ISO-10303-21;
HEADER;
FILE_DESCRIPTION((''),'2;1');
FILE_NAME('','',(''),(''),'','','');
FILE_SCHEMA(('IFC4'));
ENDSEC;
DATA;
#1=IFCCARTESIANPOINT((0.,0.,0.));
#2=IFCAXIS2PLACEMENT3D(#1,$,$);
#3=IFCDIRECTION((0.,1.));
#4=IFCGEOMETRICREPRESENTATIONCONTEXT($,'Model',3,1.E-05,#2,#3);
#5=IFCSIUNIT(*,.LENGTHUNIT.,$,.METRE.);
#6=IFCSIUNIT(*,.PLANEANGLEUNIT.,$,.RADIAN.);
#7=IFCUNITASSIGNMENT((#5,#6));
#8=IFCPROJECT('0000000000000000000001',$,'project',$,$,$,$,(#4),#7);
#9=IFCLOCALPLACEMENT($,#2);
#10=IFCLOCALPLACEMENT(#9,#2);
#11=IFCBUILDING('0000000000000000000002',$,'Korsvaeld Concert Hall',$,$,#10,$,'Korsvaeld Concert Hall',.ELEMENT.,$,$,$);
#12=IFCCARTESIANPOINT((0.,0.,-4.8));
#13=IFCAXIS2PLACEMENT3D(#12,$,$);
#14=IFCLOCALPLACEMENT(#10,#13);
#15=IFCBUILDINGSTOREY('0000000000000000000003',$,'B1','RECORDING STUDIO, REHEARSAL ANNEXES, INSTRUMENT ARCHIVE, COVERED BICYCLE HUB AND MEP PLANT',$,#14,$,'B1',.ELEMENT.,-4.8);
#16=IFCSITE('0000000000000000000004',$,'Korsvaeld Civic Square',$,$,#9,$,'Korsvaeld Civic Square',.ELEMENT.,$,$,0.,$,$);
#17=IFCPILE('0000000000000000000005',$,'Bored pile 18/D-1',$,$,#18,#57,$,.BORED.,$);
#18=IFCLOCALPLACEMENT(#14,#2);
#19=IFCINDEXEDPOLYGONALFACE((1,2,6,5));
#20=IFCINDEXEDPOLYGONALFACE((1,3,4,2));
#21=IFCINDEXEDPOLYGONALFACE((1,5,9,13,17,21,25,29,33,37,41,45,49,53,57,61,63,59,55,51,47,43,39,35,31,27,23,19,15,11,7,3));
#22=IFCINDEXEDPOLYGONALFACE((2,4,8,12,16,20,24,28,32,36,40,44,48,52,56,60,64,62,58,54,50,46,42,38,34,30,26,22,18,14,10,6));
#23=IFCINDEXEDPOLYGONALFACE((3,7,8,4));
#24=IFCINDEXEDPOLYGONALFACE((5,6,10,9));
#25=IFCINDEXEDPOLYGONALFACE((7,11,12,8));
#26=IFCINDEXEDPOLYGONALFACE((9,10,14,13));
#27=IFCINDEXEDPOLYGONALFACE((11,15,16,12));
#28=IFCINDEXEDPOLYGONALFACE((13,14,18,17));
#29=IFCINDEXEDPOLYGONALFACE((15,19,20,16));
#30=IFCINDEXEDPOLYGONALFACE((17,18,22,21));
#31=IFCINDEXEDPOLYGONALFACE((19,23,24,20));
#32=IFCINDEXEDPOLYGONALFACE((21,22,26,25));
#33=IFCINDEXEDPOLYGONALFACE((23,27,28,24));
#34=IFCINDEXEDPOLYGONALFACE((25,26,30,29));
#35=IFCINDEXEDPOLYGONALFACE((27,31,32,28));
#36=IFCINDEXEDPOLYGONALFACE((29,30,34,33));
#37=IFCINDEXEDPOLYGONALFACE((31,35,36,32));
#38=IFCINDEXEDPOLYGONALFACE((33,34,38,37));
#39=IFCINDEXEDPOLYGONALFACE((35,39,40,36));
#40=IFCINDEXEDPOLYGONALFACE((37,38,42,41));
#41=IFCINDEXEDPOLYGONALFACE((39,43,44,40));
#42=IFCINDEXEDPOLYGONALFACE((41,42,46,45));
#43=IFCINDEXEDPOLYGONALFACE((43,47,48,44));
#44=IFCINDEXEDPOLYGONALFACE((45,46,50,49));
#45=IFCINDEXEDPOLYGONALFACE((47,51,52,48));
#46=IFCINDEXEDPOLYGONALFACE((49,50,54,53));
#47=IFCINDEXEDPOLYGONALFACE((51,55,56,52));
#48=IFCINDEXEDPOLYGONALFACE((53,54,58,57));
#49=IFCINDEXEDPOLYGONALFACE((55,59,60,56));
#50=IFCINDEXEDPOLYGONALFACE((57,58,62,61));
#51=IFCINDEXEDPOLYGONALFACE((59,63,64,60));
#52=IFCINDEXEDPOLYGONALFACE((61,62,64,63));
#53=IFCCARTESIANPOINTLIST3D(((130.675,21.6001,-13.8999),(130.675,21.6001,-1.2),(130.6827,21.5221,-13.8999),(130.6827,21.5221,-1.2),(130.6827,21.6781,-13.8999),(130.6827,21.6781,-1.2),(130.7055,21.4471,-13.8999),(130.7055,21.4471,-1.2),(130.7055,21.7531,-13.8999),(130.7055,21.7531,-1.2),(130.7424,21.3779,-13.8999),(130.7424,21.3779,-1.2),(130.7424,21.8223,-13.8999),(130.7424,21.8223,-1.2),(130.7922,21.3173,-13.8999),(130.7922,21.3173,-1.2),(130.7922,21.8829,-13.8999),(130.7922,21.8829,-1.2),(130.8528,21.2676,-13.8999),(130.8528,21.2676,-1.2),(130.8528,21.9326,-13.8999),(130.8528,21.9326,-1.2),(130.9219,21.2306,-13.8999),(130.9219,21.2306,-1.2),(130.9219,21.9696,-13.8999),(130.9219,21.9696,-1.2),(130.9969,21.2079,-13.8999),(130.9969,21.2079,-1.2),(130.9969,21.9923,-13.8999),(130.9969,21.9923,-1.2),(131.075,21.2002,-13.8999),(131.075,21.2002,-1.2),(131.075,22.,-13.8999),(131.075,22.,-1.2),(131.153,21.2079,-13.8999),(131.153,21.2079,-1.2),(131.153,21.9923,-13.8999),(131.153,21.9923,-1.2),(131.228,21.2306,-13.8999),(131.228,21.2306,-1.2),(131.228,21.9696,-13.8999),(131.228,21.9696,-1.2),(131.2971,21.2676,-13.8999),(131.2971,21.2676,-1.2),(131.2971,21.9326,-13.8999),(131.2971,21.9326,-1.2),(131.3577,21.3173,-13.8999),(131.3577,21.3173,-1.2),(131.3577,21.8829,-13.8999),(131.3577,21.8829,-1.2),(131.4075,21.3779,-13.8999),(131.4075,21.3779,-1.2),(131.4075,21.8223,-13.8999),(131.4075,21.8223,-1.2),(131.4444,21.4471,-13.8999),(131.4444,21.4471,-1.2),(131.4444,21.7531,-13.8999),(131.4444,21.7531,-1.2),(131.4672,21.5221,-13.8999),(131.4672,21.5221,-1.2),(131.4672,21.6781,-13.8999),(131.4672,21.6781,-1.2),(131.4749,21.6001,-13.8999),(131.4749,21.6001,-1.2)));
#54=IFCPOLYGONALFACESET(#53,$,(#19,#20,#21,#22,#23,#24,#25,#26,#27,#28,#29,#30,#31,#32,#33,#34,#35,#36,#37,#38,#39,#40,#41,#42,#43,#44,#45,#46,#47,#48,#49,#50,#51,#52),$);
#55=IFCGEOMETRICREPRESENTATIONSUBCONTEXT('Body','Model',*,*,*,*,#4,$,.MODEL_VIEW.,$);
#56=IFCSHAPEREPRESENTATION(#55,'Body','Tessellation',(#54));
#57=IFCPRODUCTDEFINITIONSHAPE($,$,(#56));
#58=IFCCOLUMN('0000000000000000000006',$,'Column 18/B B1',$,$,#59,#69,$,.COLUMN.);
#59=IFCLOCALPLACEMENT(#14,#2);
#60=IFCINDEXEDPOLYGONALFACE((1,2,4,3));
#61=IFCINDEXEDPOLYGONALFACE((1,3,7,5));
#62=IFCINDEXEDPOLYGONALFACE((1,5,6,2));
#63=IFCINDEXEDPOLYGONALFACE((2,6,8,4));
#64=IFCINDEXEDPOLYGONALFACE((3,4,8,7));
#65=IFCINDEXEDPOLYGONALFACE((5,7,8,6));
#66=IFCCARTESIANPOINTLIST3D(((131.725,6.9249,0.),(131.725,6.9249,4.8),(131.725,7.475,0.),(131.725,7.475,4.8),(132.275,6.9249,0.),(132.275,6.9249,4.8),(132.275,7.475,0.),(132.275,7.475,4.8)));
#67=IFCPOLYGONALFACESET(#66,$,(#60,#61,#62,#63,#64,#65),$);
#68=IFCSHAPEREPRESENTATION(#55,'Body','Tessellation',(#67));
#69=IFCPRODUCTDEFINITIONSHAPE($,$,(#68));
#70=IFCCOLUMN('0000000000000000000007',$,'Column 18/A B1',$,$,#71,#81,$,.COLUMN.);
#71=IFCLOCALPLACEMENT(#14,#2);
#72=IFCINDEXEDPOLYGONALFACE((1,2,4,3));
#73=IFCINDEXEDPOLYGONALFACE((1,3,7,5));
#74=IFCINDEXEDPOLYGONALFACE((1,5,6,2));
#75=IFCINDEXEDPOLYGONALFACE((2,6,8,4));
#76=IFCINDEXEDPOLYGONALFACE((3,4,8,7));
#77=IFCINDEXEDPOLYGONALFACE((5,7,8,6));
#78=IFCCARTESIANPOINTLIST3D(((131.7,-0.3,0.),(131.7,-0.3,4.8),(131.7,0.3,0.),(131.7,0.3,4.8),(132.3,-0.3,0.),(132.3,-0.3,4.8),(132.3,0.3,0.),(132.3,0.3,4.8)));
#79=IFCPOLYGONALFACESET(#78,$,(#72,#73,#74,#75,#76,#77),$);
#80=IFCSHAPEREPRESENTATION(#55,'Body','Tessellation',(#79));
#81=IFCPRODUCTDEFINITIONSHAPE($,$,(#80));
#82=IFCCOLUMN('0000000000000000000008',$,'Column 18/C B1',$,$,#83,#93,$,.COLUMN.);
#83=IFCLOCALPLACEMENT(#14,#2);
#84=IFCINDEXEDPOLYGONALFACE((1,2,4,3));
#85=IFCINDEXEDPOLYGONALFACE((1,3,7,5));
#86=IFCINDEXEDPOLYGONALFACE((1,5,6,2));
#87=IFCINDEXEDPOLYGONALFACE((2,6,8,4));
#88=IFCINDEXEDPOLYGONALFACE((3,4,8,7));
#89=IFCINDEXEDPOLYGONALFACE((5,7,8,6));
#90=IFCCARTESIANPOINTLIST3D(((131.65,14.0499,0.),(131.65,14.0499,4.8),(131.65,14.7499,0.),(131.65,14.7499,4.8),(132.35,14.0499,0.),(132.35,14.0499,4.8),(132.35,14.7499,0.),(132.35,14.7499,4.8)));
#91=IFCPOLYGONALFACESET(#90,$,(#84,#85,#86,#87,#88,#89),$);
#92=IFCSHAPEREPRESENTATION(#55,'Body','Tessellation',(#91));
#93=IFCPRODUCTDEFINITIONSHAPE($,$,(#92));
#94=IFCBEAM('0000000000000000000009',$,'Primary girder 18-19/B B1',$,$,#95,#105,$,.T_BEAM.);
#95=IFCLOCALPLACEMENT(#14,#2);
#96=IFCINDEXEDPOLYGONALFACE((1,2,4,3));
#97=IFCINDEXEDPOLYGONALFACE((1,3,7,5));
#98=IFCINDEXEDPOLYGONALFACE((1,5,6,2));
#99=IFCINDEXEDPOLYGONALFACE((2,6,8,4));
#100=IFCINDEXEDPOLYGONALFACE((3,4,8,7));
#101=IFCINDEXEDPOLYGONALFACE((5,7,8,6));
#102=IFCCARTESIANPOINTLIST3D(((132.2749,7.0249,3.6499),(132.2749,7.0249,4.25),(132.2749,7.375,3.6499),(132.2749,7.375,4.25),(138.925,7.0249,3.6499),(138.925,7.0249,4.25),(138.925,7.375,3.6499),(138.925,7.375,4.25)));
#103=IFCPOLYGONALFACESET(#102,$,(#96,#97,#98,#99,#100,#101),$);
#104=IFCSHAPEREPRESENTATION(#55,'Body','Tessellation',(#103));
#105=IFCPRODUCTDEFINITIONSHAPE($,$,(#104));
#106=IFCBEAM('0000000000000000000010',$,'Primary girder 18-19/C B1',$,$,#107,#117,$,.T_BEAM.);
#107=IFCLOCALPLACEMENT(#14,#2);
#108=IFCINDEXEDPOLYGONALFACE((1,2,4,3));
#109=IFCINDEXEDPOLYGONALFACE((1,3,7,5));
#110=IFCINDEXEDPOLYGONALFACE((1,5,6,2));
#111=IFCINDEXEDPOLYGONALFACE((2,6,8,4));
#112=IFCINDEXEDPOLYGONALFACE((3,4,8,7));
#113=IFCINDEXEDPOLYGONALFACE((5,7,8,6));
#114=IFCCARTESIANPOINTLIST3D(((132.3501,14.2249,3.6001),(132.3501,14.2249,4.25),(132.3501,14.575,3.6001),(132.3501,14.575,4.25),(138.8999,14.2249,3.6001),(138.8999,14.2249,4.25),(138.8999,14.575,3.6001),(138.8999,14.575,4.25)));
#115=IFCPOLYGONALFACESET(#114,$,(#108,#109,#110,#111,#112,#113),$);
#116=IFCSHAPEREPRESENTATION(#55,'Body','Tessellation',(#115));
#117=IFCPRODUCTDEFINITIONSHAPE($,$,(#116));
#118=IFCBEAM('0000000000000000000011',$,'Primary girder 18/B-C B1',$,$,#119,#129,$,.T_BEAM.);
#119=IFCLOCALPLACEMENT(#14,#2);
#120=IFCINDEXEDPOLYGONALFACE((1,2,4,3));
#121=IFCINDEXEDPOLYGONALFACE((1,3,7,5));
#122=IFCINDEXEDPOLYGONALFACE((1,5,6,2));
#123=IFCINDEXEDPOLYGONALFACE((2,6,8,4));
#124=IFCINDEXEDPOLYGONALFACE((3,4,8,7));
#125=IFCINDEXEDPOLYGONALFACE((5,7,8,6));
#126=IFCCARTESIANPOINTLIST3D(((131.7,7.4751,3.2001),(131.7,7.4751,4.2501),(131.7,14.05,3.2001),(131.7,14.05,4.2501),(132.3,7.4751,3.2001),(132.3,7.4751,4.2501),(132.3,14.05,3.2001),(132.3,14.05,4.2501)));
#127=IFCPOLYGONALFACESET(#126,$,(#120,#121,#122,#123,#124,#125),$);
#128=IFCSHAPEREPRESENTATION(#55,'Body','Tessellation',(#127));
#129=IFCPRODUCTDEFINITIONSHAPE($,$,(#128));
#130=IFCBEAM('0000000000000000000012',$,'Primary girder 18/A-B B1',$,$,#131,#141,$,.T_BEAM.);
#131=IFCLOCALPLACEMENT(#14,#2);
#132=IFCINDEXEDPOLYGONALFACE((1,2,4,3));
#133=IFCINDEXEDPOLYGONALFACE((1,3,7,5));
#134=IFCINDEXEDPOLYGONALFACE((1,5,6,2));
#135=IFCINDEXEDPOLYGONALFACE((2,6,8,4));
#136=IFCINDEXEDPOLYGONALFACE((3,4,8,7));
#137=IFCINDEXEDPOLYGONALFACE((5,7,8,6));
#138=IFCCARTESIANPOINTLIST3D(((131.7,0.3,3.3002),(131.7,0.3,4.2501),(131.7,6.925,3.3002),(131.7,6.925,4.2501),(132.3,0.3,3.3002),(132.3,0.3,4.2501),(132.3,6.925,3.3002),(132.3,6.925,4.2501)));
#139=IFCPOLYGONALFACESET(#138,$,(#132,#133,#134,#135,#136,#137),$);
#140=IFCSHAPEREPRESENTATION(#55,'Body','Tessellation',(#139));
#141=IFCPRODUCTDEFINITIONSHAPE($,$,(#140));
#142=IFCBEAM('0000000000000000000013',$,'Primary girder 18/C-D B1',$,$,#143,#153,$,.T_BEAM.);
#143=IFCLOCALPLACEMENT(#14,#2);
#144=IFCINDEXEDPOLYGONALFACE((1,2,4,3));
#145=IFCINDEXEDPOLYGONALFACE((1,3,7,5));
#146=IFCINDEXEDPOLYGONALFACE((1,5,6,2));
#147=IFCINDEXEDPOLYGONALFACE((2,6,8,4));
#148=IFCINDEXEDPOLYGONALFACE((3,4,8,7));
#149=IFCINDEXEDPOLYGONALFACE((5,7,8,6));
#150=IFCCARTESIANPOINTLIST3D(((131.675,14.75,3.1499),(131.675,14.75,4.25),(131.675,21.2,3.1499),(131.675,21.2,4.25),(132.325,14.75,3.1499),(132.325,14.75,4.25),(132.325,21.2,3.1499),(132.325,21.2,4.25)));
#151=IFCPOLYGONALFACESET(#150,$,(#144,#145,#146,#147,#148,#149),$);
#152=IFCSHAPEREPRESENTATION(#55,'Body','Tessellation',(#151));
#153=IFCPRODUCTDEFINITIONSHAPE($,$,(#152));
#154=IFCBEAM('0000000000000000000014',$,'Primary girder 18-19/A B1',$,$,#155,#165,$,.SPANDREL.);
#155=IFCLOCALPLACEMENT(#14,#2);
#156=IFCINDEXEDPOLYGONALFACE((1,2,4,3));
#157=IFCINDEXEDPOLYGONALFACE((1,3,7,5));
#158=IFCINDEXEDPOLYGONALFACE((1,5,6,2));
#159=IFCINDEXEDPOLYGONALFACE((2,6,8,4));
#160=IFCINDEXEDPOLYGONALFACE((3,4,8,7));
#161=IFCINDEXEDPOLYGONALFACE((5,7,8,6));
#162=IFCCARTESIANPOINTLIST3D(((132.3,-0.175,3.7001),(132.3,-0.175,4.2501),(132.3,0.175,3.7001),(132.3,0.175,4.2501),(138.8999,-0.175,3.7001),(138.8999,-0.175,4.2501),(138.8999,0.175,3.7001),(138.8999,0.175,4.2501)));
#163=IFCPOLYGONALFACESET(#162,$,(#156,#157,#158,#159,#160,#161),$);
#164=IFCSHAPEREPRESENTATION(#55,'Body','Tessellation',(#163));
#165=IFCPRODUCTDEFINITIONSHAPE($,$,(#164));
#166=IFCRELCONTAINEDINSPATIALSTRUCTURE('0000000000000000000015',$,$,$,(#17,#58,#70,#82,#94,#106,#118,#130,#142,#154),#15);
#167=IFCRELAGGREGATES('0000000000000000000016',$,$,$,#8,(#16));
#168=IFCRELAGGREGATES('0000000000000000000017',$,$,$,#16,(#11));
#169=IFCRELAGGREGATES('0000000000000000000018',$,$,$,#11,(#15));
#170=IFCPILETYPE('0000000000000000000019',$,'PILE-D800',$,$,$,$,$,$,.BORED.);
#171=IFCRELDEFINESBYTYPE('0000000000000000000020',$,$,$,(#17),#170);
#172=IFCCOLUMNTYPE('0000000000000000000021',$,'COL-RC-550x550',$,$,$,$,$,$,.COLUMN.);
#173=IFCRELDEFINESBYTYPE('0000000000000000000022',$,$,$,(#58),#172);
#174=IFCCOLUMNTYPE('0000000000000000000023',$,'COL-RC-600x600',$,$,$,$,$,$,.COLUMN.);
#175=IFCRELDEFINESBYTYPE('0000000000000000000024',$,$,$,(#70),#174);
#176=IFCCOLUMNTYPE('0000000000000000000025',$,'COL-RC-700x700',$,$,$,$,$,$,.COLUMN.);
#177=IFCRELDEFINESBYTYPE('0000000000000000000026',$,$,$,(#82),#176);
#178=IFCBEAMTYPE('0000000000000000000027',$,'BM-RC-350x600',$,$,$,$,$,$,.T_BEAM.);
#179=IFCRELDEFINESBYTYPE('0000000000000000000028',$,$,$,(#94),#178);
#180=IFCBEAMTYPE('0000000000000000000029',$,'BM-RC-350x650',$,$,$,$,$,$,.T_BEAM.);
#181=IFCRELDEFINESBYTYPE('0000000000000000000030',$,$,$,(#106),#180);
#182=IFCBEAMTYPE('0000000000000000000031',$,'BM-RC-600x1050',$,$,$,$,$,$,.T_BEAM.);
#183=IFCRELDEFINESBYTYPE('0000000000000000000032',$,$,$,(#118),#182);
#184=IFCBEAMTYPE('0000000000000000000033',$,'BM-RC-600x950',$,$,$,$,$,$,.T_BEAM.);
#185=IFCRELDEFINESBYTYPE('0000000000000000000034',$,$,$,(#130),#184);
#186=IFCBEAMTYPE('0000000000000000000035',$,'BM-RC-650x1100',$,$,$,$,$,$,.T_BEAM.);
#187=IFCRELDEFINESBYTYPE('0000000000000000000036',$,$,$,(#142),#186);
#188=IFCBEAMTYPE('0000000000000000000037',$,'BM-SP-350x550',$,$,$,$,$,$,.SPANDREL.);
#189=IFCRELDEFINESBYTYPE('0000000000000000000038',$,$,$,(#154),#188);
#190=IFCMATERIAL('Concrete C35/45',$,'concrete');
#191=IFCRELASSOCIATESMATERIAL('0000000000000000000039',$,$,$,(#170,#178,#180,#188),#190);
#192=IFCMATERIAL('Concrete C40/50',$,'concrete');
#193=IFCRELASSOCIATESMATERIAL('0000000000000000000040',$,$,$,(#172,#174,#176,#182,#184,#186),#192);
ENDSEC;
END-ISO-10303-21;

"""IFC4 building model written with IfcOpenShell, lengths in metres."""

from ifc_helpers import new_model, si_unit, direction, frame, origin, origin_2d, place, context, subcontext, project, spatial, rectangle, circle, extrude, material, material_profile, profile_set, type_object, element, save


model = new_model("IFC4")

# Units and contexts
model_context = context("Model", 3, precision=1e-05, world=origin(), true_north=direction((0.0, 1.0)))
body_context = subcontext(model_context, "Body", "Model", "MODEL_VIEW")
ifc_project = project(units=[si_unit("LENGTHUNIT", "METRE"), si_unit("PLANEANGLEUNIT", "RADIAN")], contexts=[model_context])

# Site, building, storey
site_placement = place(None, origin())
site = spatial("IfcSite", under=ifc_project, at=site_placement, Name="Korsvaeld Civic Square", LongName="Korsvaeld Civic Square", CompositionType="ELEMENT", RefElevation=0.0)
building_placement = place(site_placement, origin())
building = spatial("IfcBuilding", under=site, at=building_placement, Name="Korsvaeld Concert Hall", LongName="Korsvaeld Concert Hall", CompositionType="ELEMENT")
storey_placement = place(building_placement, frame((0.0, 0.0, -4.8)))
storey = spatial("IfcBuildingStorey", under=building, at=storey_placement, Name="B1", Description="RECORDING STUDIO, REHEARSAL ANNEXES, INSTRUMENT ARCHIVE, COVERED BICYCLE HUB AND MEP PLANT", LongName="B1", CompositionType="ELEMENT", Elevation=-4.8)

# Shared definitions
ifc_material_1 = material(Name="Concrete C35/45", Category="concrete")

# Pile
ifc_material_profile_1 = material_profile(ifc_material_1, circle(Radius=0.3999, at=origin_2d()), Name="BORED PILE D800")
ifc_profile_set_1 = profile_set([ifc_material_profile_1], Name="Concrete C35/45")
pile_type_1 = type_object("IfcPileType", Name="PILE-D800", PredefinedType="BORED", material=ifc_profile_set_1)
for number, where, z_axis, x_axis, name in (
    (1, (131.075, 21.6001, -1.2), (0.0, 0.0, -1.0), (1.0, 0.0, 0.0), "Bored pile 18/D-1"),
):
    element("IfcPile", number, at=place(storey_placement, frame(where, z_axis=z_axis, x_axis=x_axis)), inside=storey, type_object=pile_type_1, Name=name, PredefinedType="BORED", context=body_context, shape_type="SweptSolid", body=[
        extrude(circle(Radius=0.3999, at=origin_2d()), origin(), (0.0, 0.0, 1.0), 12.7),
    ])

# Columns
ifc_material_2 = material(Name="Concrete C40/50", Category="concrete")
ifc_material_profile_2 = material_profile(ifc_material_2, rectangle(XDim=0.55, YDim=0.55, at=origin_2d()), Name="RC 550x550")
ifc_profile_set_2 = profile_set([ifc_material_profile_2], Name="Concrete C40/50")
column_type_1 = type_object("IfcColumnType", Name="COL-RC-550x550", PredefinedType="COLUMN", material=ifc_profile_set_2)
column_1_placement = place(storey_placement, frame((132.0, 7.2, 0.0), z_axis=(0.0, 0.0, 1.0), x_axis=(1.0, 0.0, 0.0)))
element("IfcColumn", 2, at=column_1_placement, inside=storey, type_object=column_type_1, Name="Column 18/B B1", PredefinedType="COLUMN", context=body_context, shape_type="SweptSolid", body=[
    extrude(rectangle(XDim=0.55, YDim=0.55, at=origin_2d()), origin(), (0.0, 0.0, 1.0), 4.8),
])
ifc_material_profile_3 = material_profile(ifc_material_2, rectangle(XDim=0.6001, YDim=0.6001, at=origin_2d()), Name="RC 600x600")
ifc_profile_set_3 = profile_set([ifc_material_profile_3], Name="Concrete C40/50")
column_type_2 = type_object("IfcColumnType", Name="COL-RC-600x600", PredefinedType="COLUMN", material=ifc_profile_set_3)
column_2_placement = place(storey_placement, frame((132.0, 0.0, 0.0), z_axis=(0.0, 0.0, 1.0), x_axis=(1.0, 0.0, 0.0)))
element("IfcColumn", 3, at=column_2_placement, inside=storey, type_object=column_type_2, Name="Column 18/A B1", PredefinedType="COLUMN", context=body_context, shape_type="SweptSolid", body=[
    extrude(rectangle(XDim=0.6001, YDim=0.6001, at=origin_2d()), origin(), (0.0, 0.0, 1.0), 4.8),
])
ifc_material_profile_4 = material_profile(ifc_material_2, rectangle(XDim=0.7, YDim=0.7, at=origin_2d()), Name="RC 700x700")
ifc_profile_set_4 = profile_set([ifc_material_profile_4], Name="Concrete C40/50")
column_type_3 = type_object("IfcColumnType", Name="COL-RC-700x700", PredefinedType="COLUMN", material=ifc_profile_set_4)
column_3_placement = place(storey_placement, frame((132.0, 14.3999, 0.0), z_axis=(0.0, 0.0, 1.0), x_axis=(1.0, 0.0, 0.0)))
element("IfcColumn", 4, at=column_3_placement, inside=storey, type_object=column_type_3, Name="Column 18/C B1", PredefinedType="COLUMN", context=body_context, shape_type="SweptSolid", body=[
    extrude(rectangle(XDim=0.7, YDim=0.7, at=origin_2d()), origin(), (0.0, 0.0, 1.0), 4.8),
])

# Beams
ifc_material_profile_5 = material_profile(ifc_material_1, rectangle(XDim=0.3501, YDim=0.6001, at=origin_2d()), Name="RC 350x600")
ifc_profile_set_5 = profile_set([ifc_material_profile_5], Name="Concrete C35/45")
beam_type_1 = type_object("IfcBeamType", Name="BM-RC-350x600", PredefinedType="T_BEAM", material=ifc_profile_set_5)
beam_1_placement = place(storey_placement, frame((132.2749, 7.2, 3.95), z_axis=(1.0, 0.0, 0.0), x_axis=(0.0, 1.0, 0.0)))
element("IfcBeam", 5, at=beam_1_placement, inside=storey, type_object=beam_type_1, Name="Primary girder 18-19/B B1", PredefinedType="T_BEAM", context=body_context, shape_type="SweptSolid", body=[
    extrude(rectangle(XDim=0.3501, YDim=0.6001, at=origin_2d()), origin(), (0.0, 0.0, 1.0), 6.6501),
])
ifc_material_profile_6 = material_profile(ifc_material_1, rectangle(XDim=0.3501, YDim=0.6499, at=origin_2d()), Name="RC 350x650")
ifc_profile_set_6 = profile_set([ifc_material_profile_6], Name="Concrete C35/45")
beam_type_2 = type_object("IfcBeamType", Name="BM-RC-350x650", PredefinedType="T_BEAM", material=ifc_profile_set_6)
beam_2_placement = place(storey_placement, frame((132.3501, 14.3999, 3.925), z_axis=(1.0, 0.0, 0.0), x_axis=(0.0, 1.0, 0.0)))
element("IfcBeam", 6, at=beam_2_placement, inside=storey, type_object=beam_type_2, Name="Primary girder 18-19/C B1", PredefinedType="T_BEAM", context=body_context, shape_type="SweptSolid", body=[
    extrude(rectangle(XDim=0.3501, YDim=0.6499, at=origin_2d()), origin(), (0.0, 0.0, 1.0), 6.5498),
])
ifc_material_profile_7 = material_profile(ifc_material_2, rectangle(XDim=0.6001, YDim=1.05, at=origin_2d()), Name="RC 600x1050")
ifc_profile_set_7 = profile_set([ifc_material_profile_7], Name="Concrete C40/50")
beam_type_3 = type_object("IfcBeamType", Name="BM-RC-600x1050", PredefinedType="T_BEAM", material=ifc_profile_set_7)
beam_3_placement = place(storey_placement, frame((132.0, 7.4751, 3.7251), z_axis=(0.0, 1.0, 0.0), x_axis=(-1.0, 0.0, 0.0)))
element("IfcBeam", 7, at=beam_3_placement, inside=storey, type_object=beam_type_3, Name="Primary girder 18/B-C B1", PredefinedType="T_BEAM", context=body_context, shape_type="SweptSolid", body=[
    extrude(rectangle(XDim=0.6001, YDim=1.05, at=origin_2d()), origin(), (0.0, 0.0, 1.0), 6.575),
])
ifc_material_profile_8 = material_profile(ifc_material_2, rectangle(XDim=0.6001, YDim=0.95, at=origin_2d()), Name="RC 600x950")
ifc_profile_set_8 = profile_set([ifc_material_profile_8], Name="Concrete C40/50")
beam_type_4 = type_object("IfcBeamType", Name="BM-RC-600x950", PredefinedType="T_BEAM", material=ifc_profile_set_8)
beam_4_placement = place(storey_placement, frame((132.0, 0.3, 3.7751), z_axis=(0.0, 1.0, 0.0), x_axis=(-1.0, 0.0, 0.0)))
element("IfcBeam", 8, at=beam_4_placement, inside=storey, type_object=beam_type_4, Name="Primary girder 18/A-B B1", PredefinedType="T_BEAM", context=body_context, shape_type="SweptSolid", body=[
    extrude(rectangle(XDim=0.6001, YDim=0.95, at=origin_2d()), origin(), (0.0, 0.0, 1.0), 6.625),
])
ifc_material_profile_9 = material_profile(ifc_material_2, rectangle(XDim=0.6499, YDim=1.1001, at=origin_2d()), Name="RC 650x1100")
ifc_profile_set_9 = profile_set([ifc_material_profile_9], Name="Concrete C40/50")
beam_type_5 = type_object("IfcBeamType", Name="BM-RC-650x1100", PredefinedType="T_BEAM", material=ifc_profile_set_9)
beam_5_placement = place(storey_placement, frame((132.0, 14.75, 3.7), z_axis=(0.0, 1.0, 0.0), x_axis=(-1.0, 0.0, 0.0)))
element("IfcBeam", 9, at=beam_5_placement, inside=storey, type_object=beam_type_5, Name="Primary girder 18/C-D B1", PredefinedType="T_BEAM", context=body_context, shape_type="SweptSolid", body=[
    extrude(rectangle(XDim=0.6499, YDim=1.1001, at=origin_2d()), origin(), (0.0, 0.0, 1.0), 6.45),
])
ifc_material_profile_10 = material_profile(ifc_material_1, rectangle(XDim=0.3501, YDim=0.55, at=origin_2d()), Name="RC 350x550")
ifc_profile_set_10 = profile_set([ifc_material_profile_10], Name="Concrete C35/45")
beam_type_6 = type_object("IfcBeamType", Name="BM-SP-350x550", PredefinedType="SPANDREL", material=ifc_profile_set_10)
beam_6_placement = place(storey_placement, frame((132.3, 0.0, 3.9751), z_axis=(1.0, 0.0, 0.0), x_axis=(0.0, 1.0, 0.0)))
element("IfcBeam", 10, at=beam_6_placement, inside=storey, type_object=beam_type_6, Name="Primary girder 18-19/A B1", PredefinedType="SPANDREL", context=body_context, shape_type="SweptSolid", body=[
    extrude(rectangle(XDim=0.3501, YDim=0.55, at=origin_2d()), origin(), (0.0, 0.0, 1.0), 6.5999),
])

save(model, "model.ifc")
